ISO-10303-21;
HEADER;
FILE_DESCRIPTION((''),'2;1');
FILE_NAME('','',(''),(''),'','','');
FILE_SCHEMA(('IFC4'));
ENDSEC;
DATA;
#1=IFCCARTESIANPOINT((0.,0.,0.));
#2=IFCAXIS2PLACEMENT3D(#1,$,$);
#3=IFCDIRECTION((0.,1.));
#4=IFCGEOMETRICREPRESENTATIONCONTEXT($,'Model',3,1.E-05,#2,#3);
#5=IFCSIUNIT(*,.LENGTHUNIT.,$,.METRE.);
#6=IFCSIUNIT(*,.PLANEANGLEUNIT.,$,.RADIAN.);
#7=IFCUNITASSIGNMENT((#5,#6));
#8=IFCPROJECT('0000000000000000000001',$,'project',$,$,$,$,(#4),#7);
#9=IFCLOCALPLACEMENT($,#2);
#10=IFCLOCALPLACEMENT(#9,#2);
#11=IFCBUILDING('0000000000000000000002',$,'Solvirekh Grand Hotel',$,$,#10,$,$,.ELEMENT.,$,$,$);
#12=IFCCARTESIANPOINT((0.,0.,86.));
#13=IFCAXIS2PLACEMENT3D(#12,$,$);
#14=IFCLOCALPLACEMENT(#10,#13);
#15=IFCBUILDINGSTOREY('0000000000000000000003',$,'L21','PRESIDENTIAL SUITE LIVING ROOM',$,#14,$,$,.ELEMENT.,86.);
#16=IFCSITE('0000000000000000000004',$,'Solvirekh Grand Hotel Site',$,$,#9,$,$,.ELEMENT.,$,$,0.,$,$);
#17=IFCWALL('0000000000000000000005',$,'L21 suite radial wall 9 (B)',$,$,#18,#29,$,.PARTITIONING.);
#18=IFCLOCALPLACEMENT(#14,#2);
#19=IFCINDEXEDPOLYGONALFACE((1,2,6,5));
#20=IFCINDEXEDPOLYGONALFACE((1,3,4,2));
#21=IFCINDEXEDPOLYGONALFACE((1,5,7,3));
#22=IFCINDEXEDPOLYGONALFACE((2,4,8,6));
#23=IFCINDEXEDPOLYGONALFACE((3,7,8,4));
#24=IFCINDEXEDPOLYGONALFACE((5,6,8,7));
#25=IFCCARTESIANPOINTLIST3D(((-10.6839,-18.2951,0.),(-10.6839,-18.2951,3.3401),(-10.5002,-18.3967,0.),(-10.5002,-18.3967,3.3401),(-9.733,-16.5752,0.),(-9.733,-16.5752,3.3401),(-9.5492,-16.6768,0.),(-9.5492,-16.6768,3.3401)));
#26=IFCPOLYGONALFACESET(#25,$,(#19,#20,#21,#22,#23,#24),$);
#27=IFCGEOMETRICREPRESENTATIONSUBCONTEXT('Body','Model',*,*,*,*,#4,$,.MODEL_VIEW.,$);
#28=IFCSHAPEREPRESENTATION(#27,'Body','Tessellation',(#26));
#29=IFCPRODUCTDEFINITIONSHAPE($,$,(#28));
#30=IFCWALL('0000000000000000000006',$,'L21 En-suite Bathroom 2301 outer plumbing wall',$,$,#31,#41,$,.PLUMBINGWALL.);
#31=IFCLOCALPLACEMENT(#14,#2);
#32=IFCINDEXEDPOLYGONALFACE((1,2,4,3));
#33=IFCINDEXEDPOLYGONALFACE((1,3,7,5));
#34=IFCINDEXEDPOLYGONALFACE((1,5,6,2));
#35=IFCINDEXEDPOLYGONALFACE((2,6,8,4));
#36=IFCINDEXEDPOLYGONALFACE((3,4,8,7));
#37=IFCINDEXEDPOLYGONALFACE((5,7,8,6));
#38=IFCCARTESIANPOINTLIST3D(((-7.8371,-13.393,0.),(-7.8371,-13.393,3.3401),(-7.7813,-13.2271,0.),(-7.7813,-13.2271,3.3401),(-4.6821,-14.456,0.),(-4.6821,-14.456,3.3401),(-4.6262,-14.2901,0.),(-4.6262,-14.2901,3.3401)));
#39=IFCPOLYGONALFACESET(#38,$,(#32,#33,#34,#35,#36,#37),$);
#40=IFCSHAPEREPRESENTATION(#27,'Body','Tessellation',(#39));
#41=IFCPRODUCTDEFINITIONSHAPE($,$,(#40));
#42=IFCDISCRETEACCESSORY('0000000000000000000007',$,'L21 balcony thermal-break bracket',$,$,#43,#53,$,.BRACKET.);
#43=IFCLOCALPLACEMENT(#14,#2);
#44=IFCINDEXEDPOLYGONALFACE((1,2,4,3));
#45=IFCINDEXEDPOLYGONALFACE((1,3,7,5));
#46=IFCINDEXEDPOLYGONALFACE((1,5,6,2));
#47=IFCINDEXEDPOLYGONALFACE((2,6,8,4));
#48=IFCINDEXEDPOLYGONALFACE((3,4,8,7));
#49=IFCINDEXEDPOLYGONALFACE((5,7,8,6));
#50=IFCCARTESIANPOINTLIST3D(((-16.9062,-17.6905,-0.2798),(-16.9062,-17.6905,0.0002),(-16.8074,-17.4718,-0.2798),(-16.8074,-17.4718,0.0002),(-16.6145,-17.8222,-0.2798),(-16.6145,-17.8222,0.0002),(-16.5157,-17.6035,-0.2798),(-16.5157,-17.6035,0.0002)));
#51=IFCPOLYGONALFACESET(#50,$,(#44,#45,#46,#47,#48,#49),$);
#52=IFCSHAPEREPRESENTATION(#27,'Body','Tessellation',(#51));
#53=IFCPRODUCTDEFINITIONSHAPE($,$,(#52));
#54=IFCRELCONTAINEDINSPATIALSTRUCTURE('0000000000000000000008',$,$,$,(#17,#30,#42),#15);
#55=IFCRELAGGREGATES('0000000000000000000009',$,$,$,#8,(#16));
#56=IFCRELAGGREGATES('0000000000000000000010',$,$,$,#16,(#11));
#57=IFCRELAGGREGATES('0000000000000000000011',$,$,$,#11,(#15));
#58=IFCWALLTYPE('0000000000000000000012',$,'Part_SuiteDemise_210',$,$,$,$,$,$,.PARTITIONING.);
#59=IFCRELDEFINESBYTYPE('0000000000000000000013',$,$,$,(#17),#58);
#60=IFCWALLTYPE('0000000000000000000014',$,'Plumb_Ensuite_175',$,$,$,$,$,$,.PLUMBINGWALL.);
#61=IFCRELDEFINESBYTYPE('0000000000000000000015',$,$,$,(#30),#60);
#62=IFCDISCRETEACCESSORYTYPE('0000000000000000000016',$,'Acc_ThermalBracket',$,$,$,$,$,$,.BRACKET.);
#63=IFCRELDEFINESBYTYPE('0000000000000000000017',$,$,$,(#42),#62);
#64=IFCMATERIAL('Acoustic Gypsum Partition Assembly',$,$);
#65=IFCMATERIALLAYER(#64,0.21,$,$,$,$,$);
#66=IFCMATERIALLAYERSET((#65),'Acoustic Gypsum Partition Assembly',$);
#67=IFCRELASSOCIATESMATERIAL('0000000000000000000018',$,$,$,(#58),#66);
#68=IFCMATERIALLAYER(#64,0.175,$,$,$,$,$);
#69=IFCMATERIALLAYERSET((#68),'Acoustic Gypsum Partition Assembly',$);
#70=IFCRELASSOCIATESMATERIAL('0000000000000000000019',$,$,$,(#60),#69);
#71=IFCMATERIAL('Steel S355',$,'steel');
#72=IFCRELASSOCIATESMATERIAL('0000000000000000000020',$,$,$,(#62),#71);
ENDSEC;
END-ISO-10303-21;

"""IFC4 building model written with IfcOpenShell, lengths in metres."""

from ifc_helpers import new_model, si_unit, direction, frame, frame_2d, origin, origin_2d, place, context, subcontext, project, spatial, rectangle, extrude, material, layer, layer_set, type_object, element, save


model = new_model("IFC4")

# Units and contexts
model_context = context("Model", 3, precision=1e-05, world=origin(), true_north=direction((0.0, 1.0)))
body_context = subcontext(model_context, "Body", "Model", "MODEL_VIEW")
ifc_project = project(units=[si_unit("LENGTHUNIT", "METRE"), si_unit("PLANEANGLEUNIT", "RADIAN")], contexts=[model_context])

# Site, building, storey
site_placement = place(None, origin())
site = spatial("IfcSite", under=ifc_project, at=site_placement, Name="Solvirekh Grand Hotel Site", CompositionType="ELEMENT", RefElevation=0.0)
building_placement = place(site_placement, origin())
building = spatial("IfcBuilding", under=site, at=building_placement, Name="Solvirekh Grand Hotel", CompositionType="ELEMENT")
storey_placement = place(building_placement, frame((0.0, 0.0, 86.0)))
storey = spatial("IfcBuildingStorey", under=building, at=storey_placement, Name="L21", Description="PRESIDENTIAL SUITE LIVING ROOM", CompositionType="ELEMENT", Elevation=86.0)

# Shared definitions
ifc_material_1 = material(Name="Steel S355", Category="steel")

# Walls
ifc_material_2 = material(Name="Acoustic Gypsum Partition Assembly")
ifc_layer_1 = layer(ifc_material_2, 0.21)
ifc_layer_set_1 = layer_set([ifc_layer_1], Name="Acoustic Gypsum Partition Assembly")
wall_type_1 = type_object("IfcWallType", Name="Part_SuiteDemise_210", PredefinedType="PARTITIONING", material=ifc_layer_set_1)
wall_1_placement = place(storey_placement, frame((-9.6411, -16.626, 0.0), z_axis=(0.0, 0.0, 1.0), x_axis=(-0.483849, -0.875152, 0.0)))
element("IfcWall", 1, at=wall_1_placement, inside=storey, type_object=wall_type_1, Name="L21 suite radial wall 9 (B)", PredefinedType="PARTITIONING", context=body_context, shape_type="SweptSolid", body=[
    extrude(rectangle(XDim=1.9653, YDim=0.21, at=frame_2d((0.9827, 0.0))), origin(), (0.0, 0.0, 1.0), 3.3401),
])
ifc_layer_2 = layer(ifc_material_2, 0.175)
ifc_layer_set_2 = layer_set([ifc_layer_2], Name="Acoustic Gypsum Partition Assembly")
wall_type_2 = type_object("IfcWallType", Name="Plumb_Ensuite_175", PredefinedType="PLUMBINGWALL", material=ifc_layer_set_2)
wall_2_placement = place(storey_placement, frame((-7.8091, -13.3101, 0.0), z_axis=(0.0, 0.0, 1.0), x_axis=(0.947659, -0.319284, 0.0)))
element("IfcWall", 2, at=wall_2_placement, inside=storey, type_object=wall_type_2, Name="L21 En-suite Bathroom 2301 outer plumbing wall", PredefinedType="PLUMBINGWALL", context=body_context, shape_type="SweptSolid", body=[
    extrude(rectangle(XDim=3.3293, YDim=0.175, at=frame_2d((1.6646, 0.0))), origin(), (0.0, 0.0, 1.0), 3.3401),
])

# Discrete accessory
discrete_accessory_type = type_object("IfcDiscreteAccessoryType", Name="Acc_ThermalBracket", PredefinedType="BRACKET", material=ifc_material_1)
discrete_accessory_placement = place(storey_placement, frame((-16.7109, -17.647, -0.2798), z_axis=(0.0, 0.0, 1.0), x_axis=(0.911403, -0.411514, 0.0)))
element("IfcDiscreteAccessory", 3, at=discrete_accessory_placement, inside=storey, type_object=discrete_accessory_type, Name="L21 balcony thermal-break bracket", PredefinedType="BRACKET", context=body_context, shape_type="SweptSolid", body=[
    extrude(rectangle(XDim=0.3201, YDim=0.24, at=origin_2d()), origin(), (0.0, 0.0, 1.0), 0.28),
])

save(model, "model.ifc")
